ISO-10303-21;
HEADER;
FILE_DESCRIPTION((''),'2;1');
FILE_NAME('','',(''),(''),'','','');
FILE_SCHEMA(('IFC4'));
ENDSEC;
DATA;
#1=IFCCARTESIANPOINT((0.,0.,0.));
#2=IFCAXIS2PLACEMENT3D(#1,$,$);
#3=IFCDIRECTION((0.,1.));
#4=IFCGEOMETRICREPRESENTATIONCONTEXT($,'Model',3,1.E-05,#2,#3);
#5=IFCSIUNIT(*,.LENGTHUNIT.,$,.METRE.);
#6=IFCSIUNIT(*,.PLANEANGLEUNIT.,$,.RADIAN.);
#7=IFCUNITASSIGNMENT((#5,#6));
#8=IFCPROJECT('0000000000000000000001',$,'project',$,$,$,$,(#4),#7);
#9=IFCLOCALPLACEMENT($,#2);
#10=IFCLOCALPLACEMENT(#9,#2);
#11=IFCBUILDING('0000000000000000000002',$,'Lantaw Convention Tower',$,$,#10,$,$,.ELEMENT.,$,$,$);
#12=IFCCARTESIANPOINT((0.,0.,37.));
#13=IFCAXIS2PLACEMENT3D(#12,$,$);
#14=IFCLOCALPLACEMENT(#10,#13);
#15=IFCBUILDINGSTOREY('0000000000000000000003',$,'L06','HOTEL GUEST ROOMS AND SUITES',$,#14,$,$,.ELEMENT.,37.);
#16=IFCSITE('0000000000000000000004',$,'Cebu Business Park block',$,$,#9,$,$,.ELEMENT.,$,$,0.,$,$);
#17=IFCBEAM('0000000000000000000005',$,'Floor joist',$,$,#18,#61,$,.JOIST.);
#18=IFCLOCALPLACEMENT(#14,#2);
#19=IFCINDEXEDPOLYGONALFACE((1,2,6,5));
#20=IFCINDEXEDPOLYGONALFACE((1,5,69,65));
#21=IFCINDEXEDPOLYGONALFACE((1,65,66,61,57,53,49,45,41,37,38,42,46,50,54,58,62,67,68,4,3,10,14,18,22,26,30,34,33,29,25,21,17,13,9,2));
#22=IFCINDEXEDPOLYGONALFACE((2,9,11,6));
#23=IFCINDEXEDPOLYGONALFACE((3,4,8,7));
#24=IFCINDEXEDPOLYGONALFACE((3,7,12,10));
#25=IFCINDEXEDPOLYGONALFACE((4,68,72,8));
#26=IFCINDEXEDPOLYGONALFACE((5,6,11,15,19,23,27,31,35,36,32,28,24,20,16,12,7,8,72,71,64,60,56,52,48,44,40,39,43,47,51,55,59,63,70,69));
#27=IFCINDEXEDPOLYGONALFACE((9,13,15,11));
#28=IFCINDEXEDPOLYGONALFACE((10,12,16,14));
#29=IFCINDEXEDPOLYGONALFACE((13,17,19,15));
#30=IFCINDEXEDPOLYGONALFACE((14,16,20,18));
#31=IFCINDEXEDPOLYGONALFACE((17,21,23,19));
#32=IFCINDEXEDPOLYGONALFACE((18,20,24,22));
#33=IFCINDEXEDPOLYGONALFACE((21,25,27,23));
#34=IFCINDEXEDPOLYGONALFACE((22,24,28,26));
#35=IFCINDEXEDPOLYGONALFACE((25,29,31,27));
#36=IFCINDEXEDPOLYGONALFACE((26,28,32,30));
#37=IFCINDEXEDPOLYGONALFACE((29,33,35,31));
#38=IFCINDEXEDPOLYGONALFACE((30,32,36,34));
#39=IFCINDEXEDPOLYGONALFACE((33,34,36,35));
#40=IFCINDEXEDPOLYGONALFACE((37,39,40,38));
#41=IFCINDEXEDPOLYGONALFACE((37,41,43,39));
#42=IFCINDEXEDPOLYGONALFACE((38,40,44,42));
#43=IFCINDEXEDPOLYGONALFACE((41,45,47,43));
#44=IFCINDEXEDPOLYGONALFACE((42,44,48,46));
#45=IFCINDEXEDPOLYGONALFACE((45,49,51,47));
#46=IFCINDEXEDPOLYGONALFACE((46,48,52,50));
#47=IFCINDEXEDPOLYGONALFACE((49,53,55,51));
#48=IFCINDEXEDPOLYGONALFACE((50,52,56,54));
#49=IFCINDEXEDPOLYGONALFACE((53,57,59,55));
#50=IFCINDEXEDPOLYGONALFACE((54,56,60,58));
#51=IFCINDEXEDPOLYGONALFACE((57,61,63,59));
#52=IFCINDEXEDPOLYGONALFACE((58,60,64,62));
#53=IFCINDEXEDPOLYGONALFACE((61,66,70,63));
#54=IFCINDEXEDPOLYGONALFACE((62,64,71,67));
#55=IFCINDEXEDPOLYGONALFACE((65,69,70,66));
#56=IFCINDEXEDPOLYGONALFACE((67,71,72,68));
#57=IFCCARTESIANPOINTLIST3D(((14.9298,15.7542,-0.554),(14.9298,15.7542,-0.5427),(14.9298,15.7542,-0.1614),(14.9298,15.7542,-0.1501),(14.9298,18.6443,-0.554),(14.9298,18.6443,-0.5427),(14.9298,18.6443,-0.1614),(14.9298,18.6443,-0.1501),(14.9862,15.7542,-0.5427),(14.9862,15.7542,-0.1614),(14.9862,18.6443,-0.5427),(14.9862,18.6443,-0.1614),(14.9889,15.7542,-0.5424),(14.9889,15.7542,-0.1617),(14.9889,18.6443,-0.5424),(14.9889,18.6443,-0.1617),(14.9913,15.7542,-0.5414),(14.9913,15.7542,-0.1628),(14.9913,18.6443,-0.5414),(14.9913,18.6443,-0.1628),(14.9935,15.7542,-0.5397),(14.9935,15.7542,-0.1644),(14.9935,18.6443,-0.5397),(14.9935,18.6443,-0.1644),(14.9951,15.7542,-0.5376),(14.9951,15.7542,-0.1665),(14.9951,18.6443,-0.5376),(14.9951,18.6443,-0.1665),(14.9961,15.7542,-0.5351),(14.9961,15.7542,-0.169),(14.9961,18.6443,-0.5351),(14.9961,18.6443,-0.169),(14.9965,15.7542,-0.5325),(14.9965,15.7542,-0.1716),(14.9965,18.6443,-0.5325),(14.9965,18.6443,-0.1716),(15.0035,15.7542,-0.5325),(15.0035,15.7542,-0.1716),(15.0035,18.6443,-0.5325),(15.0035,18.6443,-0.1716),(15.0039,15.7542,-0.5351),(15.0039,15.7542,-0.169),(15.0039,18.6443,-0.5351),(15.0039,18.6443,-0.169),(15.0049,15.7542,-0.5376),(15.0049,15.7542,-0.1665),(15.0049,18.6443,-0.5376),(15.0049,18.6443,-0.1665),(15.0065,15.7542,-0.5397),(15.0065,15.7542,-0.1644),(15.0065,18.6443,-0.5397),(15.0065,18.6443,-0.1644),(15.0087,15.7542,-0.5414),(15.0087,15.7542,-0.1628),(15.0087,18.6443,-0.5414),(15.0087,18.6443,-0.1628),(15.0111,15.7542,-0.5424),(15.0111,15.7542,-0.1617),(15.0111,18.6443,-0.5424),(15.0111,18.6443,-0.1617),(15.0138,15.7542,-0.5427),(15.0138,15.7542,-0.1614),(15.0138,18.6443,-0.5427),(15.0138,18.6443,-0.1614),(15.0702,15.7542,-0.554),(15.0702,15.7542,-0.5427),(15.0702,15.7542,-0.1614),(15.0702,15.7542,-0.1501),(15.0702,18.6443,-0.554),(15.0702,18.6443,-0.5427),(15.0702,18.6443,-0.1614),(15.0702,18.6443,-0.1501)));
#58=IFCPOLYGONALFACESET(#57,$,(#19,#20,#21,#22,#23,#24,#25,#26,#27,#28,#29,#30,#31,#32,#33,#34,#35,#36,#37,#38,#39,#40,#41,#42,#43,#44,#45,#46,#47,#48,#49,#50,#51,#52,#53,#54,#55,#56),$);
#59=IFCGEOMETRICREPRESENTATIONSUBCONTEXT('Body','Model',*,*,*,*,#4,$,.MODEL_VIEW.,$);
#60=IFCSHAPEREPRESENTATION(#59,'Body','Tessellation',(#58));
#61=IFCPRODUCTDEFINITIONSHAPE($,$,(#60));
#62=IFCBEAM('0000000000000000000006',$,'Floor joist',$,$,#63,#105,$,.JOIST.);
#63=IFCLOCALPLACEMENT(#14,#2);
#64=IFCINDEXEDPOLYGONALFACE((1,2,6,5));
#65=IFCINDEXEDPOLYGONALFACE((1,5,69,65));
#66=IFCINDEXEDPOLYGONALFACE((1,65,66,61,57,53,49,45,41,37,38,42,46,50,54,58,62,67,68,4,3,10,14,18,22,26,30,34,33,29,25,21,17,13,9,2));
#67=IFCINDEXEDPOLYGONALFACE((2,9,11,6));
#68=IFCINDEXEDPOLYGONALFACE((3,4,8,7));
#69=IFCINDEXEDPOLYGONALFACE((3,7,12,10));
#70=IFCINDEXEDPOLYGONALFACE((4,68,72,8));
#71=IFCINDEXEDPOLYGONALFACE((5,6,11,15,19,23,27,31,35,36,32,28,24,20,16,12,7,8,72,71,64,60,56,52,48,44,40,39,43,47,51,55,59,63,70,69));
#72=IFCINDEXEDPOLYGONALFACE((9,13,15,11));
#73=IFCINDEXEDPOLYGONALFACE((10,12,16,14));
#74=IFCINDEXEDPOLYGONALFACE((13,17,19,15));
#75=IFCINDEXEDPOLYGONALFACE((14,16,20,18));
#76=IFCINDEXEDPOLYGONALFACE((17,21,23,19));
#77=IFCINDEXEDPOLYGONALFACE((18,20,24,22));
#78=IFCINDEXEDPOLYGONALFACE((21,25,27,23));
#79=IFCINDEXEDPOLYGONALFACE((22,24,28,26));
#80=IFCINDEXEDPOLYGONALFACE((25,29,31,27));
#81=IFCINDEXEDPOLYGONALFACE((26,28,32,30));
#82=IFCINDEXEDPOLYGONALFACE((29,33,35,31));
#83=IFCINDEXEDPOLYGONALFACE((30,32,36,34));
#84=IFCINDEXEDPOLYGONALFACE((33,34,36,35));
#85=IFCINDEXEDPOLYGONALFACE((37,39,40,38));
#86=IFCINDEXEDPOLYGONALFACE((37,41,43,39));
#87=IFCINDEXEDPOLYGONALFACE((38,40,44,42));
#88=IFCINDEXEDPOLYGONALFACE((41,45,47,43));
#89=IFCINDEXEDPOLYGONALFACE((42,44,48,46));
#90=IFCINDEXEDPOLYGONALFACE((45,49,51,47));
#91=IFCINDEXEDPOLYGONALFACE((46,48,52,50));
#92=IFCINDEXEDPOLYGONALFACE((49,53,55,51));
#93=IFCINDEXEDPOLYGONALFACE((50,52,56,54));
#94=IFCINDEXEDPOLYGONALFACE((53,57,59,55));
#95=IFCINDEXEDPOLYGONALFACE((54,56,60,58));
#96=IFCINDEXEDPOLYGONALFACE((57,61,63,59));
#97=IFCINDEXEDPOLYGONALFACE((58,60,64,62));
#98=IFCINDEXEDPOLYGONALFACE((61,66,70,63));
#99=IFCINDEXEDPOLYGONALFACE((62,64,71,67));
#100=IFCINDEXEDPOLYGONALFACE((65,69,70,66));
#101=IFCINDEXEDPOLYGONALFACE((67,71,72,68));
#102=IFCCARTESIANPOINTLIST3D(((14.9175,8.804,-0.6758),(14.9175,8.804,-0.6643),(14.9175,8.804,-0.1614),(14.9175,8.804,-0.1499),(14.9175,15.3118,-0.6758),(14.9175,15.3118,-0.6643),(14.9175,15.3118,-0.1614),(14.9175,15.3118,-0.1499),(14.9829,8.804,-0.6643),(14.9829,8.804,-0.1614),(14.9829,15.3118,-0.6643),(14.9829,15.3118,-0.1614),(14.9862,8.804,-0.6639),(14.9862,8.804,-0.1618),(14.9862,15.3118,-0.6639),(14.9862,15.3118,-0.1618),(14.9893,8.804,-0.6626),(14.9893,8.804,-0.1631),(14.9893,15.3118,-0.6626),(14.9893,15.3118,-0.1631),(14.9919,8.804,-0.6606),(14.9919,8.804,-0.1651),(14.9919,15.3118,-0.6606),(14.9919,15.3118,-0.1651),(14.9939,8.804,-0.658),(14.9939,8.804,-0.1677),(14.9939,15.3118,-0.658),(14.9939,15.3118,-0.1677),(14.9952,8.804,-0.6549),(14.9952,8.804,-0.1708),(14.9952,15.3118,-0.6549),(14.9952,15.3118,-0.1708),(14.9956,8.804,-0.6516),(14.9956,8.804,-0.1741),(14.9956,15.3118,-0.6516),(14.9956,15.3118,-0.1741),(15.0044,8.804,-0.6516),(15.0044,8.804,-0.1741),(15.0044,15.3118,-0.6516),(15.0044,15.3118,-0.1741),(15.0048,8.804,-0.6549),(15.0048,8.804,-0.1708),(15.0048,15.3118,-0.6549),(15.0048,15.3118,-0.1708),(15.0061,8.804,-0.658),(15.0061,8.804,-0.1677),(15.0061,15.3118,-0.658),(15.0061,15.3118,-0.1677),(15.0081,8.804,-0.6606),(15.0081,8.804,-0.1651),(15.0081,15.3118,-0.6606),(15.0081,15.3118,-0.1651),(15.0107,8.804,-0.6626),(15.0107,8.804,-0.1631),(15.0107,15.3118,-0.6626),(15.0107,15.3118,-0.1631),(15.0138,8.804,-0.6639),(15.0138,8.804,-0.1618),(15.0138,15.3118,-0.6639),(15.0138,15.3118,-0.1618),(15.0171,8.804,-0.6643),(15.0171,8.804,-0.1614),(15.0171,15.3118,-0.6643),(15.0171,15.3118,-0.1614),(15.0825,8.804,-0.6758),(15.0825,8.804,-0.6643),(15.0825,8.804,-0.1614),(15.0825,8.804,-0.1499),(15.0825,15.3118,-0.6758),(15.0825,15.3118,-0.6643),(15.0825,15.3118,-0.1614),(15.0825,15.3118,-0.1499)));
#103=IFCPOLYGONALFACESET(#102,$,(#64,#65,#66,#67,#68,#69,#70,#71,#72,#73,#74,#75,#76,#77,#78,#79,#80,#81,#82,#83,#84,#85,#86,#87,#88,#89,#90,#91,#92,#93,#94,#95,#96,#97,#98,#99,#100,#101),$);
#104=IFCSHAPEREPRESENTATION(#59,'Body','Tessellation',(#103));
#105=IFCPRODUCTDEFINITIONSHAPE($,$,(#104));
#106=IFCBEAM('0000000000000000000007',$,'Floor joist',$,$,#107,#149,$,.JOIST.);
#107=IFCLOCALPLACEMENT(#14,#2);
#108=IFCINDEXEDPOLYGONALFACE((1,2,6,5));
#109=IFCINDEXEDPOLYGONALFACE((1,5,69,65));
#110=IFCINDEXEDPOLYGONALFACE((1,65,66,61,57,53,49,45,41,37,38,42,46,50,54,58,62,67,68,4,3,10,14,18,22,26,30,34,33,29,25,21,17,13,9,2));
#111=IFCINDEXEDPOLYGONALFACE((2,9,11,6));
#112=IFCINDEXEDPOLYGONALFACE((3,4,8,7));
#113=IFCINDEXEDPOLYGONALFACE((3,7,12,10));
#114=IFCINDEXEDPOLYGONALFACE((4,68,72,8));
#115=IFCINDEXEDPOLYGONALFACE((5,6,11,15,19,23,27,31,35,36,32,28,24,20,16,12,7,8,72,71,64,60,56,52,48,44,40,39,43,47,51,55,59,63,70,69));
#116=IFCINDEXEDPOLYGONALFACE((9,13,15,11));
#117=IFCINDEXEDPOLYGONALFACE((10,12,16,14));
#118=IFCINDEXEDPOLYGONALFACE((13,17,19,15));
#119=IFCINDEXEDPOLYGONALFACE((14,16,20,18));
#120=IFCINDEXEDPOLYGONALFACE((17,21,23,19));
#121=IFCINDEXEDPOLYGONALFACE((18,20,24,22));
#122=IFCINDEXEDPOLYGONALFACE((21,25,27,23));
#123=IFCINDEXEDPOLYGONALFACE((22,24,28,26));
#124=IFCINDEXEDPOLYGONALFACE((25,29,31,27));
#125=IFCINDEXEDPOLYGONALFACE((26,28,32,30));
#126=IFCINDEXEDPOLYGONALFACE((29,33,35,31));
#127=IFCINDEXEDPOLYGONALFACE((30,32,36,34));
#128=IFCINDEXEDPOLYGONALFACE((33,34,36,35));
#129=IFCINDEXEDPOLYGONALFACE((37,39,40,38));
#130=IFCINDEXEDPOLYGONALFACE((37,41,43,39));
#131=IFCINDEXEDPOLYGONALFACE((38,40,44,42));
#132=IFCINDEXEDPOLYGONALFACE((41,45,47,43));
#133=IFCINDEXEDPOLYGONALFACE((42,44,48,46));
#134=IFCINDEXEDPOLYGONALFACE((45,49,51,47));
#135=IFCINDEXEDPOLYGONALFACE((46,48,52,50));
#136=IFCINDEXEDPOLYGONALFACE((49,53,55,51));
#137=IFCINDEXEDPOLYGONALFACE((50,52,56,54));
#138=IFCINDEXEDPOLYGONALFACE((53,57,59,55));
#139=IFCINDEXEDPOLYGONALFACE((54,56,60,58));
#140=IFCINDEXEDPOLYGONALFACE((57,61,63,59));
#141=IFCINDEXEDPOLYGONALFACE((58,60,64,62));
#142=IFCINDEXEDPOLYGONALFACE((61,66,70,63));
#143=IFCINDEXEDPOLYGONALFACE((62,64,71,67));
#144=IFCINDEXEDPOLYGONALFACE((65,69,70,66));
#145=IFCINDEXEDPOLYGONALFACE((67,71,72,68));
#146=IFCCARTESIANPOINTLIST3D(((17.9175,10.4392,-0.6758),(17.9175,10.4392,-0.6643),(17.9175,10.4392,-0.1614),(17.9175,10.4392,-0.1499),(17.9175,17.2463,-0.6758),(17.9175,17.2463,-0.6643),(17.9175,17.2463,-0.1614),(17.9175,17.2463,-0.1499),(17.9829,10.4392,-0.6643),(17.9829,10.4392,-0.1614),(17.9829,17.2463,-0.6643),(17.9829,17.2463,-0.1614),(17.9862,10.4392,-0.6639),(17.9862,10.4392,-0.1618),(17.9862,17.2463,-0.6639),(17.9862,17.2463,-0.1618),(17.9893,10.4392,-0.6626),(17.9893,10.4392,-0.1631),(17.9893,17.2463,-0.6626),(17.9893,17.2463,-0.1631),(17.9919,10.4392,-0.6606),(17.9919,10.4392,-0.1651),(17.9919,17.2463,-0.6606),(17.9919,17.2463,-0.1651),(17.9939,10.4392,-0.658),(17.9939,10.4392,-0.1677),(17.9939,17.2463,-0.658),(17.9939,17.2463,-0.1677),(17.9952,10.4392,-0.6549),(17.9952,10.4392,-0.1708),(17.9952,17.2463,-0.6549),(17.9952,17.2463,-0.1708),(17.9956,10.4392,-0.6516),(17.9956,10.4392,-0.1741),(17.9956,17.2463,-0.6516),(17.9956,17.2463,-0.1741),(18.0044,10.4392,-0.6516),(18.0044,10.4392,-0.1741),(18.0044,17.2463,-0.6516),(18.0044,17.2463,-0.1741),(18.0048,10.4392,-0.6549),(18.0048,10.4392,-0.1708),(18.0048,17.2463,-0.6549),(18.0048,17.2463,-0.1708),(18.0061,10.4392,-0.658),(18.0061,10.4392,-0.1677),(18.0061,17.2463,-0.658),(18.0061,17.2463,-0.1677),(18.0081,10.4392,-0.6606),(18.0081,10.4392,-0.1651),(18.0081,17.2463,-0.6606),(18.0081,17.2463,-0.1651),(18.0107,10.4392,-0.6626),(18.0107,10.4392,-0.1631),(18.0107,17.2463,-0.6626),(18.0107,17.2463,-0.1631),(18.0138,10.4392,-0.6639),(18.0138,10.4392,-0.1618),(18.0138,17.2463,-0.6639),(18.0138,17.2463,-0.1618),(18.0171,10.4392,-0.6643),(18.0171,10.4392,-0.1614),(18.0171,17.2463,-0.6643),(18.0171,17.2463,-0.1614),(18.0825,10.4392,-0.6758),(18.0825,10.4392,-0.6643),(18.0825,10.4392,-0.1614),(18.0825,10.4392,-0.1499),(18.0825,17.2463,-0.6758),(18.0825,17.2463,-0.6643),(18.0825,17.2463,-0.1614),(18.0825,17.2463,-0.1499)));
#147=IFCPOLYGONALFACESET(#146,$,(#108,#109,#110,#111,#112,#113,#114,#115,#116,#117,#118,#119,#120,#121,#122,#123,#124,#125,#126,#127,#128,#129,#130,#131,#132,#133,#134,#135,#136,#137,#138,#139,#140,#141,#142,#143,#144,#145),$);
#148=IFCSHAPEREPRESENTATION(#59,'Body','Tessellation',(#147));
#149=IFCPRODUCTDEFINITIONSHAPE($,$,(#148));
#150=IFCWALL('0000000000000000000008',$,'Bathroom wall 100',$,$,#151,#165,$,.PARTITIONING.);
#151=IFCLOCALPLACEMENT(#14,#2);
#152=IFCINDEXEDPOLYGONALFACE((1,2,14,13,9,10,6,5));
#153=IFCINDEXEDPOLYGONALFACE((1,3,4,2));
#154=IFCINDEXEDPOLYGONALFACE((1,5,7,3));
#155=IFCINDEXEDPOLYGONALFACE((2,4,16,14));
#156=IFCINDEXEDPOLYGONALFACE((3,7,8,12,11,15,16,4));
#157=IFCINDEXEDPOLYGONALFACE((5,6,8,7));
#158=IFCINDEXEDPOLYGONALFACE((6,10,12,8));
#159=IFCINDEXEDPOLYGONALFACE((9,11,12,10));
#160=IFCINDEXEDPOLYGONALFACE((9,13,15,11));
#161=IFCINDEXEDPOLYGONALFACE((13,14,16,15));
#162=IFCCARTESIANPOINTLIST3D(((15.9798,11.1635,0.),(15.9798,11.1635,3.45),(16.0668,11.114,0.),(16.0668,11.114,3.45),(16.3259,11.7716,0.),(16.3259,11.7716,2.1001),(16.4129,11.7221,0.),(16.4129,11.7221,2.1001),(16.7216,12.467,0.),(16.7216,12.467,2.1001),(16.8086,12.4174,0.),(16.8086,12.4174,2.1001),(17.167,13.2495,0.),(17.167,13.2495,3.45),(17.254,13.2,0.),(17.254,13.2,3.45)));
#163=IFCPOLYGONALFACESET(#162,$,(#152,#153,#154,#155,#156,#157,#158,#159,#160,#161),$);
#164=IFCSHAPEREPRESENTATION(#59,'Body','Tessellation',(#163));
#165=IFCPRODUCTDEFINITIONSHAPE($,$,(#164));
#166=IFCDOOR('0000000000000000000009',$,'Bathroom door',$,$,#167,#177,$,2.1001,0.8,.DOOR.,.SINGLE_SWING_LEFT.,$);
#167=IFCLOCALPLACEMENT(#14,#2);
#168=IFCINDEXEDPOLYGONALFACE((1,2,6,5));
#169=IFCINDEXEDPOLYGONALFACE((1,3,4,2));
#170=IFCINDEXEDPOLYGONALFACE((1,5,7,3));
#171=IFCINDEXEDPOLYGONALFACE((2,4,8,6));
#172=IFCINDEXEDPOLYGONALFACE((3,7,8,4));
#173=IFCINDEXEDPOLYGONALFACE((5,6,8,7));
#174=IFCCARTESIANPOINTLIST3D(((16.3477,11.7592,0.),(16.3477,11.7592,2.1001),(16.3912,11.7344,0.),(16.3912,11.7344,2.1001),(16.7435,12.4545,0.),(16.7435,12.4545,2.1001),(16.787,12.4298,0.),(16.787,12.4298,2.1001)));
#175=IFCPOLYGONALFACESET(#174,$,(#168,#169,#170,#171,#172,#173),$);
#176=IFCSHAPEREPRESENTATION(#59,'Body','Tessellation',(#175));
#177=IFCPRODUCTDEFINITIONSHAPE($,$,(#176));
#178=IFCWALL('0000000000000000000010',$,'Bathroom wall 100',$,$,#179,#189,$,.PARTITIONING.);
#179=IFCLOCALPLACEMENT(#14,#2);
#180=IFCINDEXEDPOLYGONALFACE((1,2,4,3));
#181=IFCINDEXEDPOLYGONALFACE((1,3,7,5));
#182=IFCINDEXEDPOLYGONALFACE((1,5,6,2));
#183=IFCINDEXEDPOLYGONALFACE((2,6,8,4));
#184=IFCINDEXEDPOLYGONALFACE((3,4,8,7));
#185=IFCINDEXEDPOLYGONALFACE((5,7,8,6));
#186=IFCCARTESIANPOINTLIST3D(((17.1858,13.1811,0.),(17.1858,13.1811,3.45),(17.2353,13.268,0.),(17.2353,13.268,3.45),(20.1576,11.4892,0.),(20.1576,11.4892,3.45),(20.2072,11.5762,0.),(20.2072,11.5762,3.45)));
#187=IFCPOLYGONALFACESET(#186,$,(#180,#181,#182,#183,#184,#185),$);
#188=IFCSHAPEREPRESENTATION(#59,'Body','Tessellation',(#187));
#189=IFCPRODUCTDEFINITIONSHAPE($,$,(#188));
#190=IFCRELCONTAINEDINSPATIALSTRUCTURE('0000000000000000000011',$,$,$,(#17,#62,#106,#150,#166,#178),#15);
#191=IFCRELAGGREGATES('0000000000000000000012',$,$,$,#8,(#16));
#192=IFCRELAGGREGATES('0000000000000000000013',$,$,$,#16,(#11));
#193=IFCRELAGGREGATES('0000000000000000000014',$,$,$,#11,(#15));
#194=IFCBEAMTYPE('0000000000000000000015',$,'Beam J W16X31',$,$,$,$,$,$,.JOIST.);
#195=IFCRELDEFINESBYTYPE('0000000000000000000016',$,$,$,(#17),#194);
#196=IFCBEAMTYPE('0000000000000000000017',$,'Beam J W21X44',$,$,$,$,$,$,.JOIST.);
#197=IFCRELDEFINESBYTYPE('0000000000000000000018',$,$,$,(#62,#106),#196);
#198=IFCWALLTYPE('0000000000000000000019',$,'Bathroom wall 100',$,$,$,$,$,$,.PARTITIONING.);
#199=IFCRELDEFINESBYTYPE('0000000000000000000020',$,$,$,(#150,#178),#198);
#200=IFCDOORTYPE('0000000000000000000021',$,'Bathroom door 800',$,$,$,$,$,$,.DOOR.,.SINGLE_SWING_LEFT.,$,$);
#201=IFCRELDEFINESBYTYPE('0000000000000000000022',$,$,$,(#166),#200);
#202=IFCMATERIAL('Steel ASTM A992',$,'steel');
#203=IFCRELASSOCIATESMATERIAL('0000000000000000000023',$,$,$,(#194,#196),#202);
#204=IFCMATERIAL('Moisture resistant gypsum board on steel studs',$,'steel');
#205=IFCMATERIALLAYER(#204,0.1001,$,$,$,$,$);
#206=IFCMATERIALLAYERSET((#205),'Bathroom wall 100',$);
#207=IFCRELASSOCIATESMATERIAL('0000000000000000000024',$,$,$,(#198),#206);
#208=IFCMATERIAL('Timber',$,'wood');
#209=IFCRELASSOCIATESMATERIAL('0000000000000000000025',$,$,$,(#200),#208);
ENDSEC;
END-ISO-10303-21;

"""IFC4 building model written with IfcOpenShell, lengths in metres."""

from ifc_helpers import new_model, si_unit, direction, frame, frame_2d, origin, origin_2d, place, context, subcontext, project, spatial, rectangle, i_section, extrude, material, layer, layer_set, material_profile, profile_set, type_object, element, fill, save


model = new_model("IFC4")

# Units and contexts
model_context = context("Model", 3, precision=1e-05, world=origin(), true_north=direction((0.0, 1.0)))
body_context = subcontext(model_context, "Body", "Model", "MODEL_VIEW")
ifc_project = project(units=[si_unit("LENGTHUNIT", "METRE"), si_unit("PLANEANGLEUNIT", "RADIAN")], contexts=[model_context])

# Site, building, storey
site_placement = place(None, origin())
site = spatial("IfcSite", under=ifc_project, at=site_placement, Name="Cebu Business Park block", CompositionType="ELEMENT", RefElevation=0.0)
building_placement = place(site_placement, origin())
building = spatial("IfcBuilding", under=site, at=building_placement, Name="Lantaw Convention Tower", CompositionType="ELEMENT")
storey_placement = place(building_placement, frame((0.0, 0.0, 37.0)))
storey = spatial("IfcBuildingStorey", under=building, at=storey_placement, Name="L06", Description="HOTEL GUEST ROOMS AND SUITES", CompositionType="ELEMENT", Elevation=37.0)

# Beams
ifc_material_1 = material(Name="Steel ASTM A992", Category="steel")
ifc_material_profile_1 = material_profile(ifc_material_1, i_section(OverallWidth=0.1404, OverallDepth=0.4038, WebThickness=0.0071, FlangeThickness=0.0112, FilletRadius=0.0103, at=origin_2d()), Name="W16X31")
ifc_profile_set_1 = profile_set([ifc_material_profile_1], Name="Steel ASTM A992")
beam_type_1 = type_object("IfcBeamType", Name="Beam J W16X31", PredefinedType="JOIST", material=ifc_profile_set_1)
beam_1_placement = place(storey_placement, frame((15.0, 15.7542, -0.3521), z_axis=(0.0, 1.0, 0.0), x_axis=(-1.0, 0.0, 0.0)))
element("IfcBeam", 1, at=beam_1_placement, inside=storey, type_object=beam_type_1, Name="Floor joist", PredefinedType="JOIST", context=body_context, shape_type="SweptSolid", body=[
    extrude(i_section(OverallWidth=0.1404, OverallDepth=0.4038, WebThickness=0.0071, FlangeThickness=0.0112, FilletRadius=0.0103, at=origin_2d()), origin(), (0.0, 0.0, 1.0), 2.8901),
])
ifc_material_profile_2 = material_profile(ifc_material_1, i_section(OverallWidth=0.165, OverallDepth=0.5259, WebThickness=0.0088, FlangeThickness=0.0115, FilletRadius=0.0127, at=origin_2d()), Name="W21X44")
ifc_profile_set_2 = profile_set([ifc_material_profile_2], Name="Steel ASTM A992")
beam_type_2 = type_object("IfcBeamType", Name="Beam J W21X44", PredefinedType="JOIST", material=ifc_profile_set_2)
beam_2_placement = place(storey_placement, frame((15.0, 8.804, -0.4128), z_axis=(0.0, 1.0, 0.0), x_axis=(-1.0, 0.0, 0.0)))
element("IfcBeam", 2, at=beam_2_placement, inside=storey, type_object=beam_type_2, Name="Floor joist", PredefinedType="JOIST", context=body_context, shape_type="SweptSolid", body=[
    extrude(i_section(OverallWidth=0.165, OverallDepth=0.5259, WebThickness=0.0088, FlangeThickness=0.0115, FilletRadius=0.0127, at=origin_2d()), origin(), (0.0, 0.0, 1.0), 6.5078),
])
beam_3_placement = place(storey_placement, frame((18.0, 10.4392, -0.4128), z_axis=(0.0, 1.0, 0.0), x_axis=(-1.0, 0.0, 0.0)))
element("IfcBeam", 3, at=beam_3_placement, inside=storey, type_object=beam_type_2, Name="Floor joist", PredefinedType="JOIST", context=body_context, shape_type="SweptSolid", body=[
    extrude(i_section(OverallWidth=0.165, OverallDepth=0.5259, WebThickness=0.0088, FlangeThickness=0.0115, FilletRadius=0.0127, at=origin_2d()), origin(), (0.0, 0.0, 1.0), 6.8071),
])

# Wall, opening, door
ifc_material_2 = material(Name="Moisture resistant gypsum board on steel studs", Category="steel")
ifc_layer_1 = layer(ifc_material_2, 0.1001)
ifc_layer_set_1 = layer_set([ifc_layer_1], Name="Bathroom wall 100")
wall_type_1 = type_object("IfcWallType", Name="Bathroom wall 100", PredefinedType="PARTITIONING", material=ifc_layer_set_1)
wall_1_placement = place(storey_placement, frame((16.0232, 11.1387, 0.0), z_axis=(0.0, 0.0, 1.0), x_axis=(0.494659, 0.869087, 0.0)))
wall_1 = element("IfcWall", 4, at=wall_1_placement, inside=storey, type_object=wall_type_1, Name="Bathroom wall 100", PredefinedType="PARTITIONING", context=body_context, shape_type="SweptSolid", body=[
    extrude(rectangle(XDim=2.4001, YDim=0.1001, at=frame_2d((1.2002, 0.0))), origin(), (0.0, 0.0, 1.0), 3.45),
])
opening_1_placement = place(wall_1_placement, frame((0.7, 0.0, 0.0)))
opening_1 = element("IfcOpeningElement", 5, at=opening_1_placement, cuts=wall_1, PredefinedType="OPENING", context=body_context, shape_type="SweptSolid", body=[
    extrude(rectangle(XDim=0.8, YDim=2.1001, at=frame_2d((0.3999, 1.05))), frame((0.0, 0.0601, 0.0), z_axis=(0.0, -1.0, 0.0), x_axis=(1.0, 0.0, 0.0)), (0.0, 0.0, 1.0), 0.1201),
])
ifc_material_3 = material(Name="Timber", Category="wood")
door_type_1 = type_object("IfcDoorType", Name="Bathroom door 800", OperationType="SINGLE_SWING_LEFT", PredefinedType="DOOR", material=ifc_material_3)
door_1_placement = place(opening_1_placement, origin())
door_1 = element("IfcDoor", 6, at=door_1_placement, inside=storey, type_object=door_type_1, Name="Bathroom door", OperationType="SINGLE_SWING_LEFT", OverallHeight=2.1001, OverallWidth=0.8, PredefinedType="DOOR", context=body_context, shape_type="SweptSolid", body=[
    extrude(rectangle(XDim=0.8, YDim=2.1001, at=frame_2d((0.3999, 1.05))), frame((0.0, 0.0249, 0.0), z_axis=(0.0, -1.0, 0.0), x_axis=(1.0, 0.0, 0.0)), (0.0, 0.0, 1.0), 0.05),
])
fill(opening_1, door_1)

# Wall
wall_2_placement = place(storey_placement, frame((17.2104, 13.2246, 0.0), z_axis=(0.0, 0.0, 1.0), x_axis=(0.869042, -0.494739, 0.0)))
element("IfcWall", 7, at=wall_2_placement, inside=storey, type_object=wall_type_1, Name="Bathroom wall 100", PredefinedType="PARTITIONING", context=body_context, shape_type="SweptSolid", body=[
    extrude(rectangle(XDim=3.4197, YDim=0.1001, at=frame_2d((1.71, 0.0))), origin(), (0.0, 0.0, 1.0), 3.45),
])

save(model, "model.ifc")
